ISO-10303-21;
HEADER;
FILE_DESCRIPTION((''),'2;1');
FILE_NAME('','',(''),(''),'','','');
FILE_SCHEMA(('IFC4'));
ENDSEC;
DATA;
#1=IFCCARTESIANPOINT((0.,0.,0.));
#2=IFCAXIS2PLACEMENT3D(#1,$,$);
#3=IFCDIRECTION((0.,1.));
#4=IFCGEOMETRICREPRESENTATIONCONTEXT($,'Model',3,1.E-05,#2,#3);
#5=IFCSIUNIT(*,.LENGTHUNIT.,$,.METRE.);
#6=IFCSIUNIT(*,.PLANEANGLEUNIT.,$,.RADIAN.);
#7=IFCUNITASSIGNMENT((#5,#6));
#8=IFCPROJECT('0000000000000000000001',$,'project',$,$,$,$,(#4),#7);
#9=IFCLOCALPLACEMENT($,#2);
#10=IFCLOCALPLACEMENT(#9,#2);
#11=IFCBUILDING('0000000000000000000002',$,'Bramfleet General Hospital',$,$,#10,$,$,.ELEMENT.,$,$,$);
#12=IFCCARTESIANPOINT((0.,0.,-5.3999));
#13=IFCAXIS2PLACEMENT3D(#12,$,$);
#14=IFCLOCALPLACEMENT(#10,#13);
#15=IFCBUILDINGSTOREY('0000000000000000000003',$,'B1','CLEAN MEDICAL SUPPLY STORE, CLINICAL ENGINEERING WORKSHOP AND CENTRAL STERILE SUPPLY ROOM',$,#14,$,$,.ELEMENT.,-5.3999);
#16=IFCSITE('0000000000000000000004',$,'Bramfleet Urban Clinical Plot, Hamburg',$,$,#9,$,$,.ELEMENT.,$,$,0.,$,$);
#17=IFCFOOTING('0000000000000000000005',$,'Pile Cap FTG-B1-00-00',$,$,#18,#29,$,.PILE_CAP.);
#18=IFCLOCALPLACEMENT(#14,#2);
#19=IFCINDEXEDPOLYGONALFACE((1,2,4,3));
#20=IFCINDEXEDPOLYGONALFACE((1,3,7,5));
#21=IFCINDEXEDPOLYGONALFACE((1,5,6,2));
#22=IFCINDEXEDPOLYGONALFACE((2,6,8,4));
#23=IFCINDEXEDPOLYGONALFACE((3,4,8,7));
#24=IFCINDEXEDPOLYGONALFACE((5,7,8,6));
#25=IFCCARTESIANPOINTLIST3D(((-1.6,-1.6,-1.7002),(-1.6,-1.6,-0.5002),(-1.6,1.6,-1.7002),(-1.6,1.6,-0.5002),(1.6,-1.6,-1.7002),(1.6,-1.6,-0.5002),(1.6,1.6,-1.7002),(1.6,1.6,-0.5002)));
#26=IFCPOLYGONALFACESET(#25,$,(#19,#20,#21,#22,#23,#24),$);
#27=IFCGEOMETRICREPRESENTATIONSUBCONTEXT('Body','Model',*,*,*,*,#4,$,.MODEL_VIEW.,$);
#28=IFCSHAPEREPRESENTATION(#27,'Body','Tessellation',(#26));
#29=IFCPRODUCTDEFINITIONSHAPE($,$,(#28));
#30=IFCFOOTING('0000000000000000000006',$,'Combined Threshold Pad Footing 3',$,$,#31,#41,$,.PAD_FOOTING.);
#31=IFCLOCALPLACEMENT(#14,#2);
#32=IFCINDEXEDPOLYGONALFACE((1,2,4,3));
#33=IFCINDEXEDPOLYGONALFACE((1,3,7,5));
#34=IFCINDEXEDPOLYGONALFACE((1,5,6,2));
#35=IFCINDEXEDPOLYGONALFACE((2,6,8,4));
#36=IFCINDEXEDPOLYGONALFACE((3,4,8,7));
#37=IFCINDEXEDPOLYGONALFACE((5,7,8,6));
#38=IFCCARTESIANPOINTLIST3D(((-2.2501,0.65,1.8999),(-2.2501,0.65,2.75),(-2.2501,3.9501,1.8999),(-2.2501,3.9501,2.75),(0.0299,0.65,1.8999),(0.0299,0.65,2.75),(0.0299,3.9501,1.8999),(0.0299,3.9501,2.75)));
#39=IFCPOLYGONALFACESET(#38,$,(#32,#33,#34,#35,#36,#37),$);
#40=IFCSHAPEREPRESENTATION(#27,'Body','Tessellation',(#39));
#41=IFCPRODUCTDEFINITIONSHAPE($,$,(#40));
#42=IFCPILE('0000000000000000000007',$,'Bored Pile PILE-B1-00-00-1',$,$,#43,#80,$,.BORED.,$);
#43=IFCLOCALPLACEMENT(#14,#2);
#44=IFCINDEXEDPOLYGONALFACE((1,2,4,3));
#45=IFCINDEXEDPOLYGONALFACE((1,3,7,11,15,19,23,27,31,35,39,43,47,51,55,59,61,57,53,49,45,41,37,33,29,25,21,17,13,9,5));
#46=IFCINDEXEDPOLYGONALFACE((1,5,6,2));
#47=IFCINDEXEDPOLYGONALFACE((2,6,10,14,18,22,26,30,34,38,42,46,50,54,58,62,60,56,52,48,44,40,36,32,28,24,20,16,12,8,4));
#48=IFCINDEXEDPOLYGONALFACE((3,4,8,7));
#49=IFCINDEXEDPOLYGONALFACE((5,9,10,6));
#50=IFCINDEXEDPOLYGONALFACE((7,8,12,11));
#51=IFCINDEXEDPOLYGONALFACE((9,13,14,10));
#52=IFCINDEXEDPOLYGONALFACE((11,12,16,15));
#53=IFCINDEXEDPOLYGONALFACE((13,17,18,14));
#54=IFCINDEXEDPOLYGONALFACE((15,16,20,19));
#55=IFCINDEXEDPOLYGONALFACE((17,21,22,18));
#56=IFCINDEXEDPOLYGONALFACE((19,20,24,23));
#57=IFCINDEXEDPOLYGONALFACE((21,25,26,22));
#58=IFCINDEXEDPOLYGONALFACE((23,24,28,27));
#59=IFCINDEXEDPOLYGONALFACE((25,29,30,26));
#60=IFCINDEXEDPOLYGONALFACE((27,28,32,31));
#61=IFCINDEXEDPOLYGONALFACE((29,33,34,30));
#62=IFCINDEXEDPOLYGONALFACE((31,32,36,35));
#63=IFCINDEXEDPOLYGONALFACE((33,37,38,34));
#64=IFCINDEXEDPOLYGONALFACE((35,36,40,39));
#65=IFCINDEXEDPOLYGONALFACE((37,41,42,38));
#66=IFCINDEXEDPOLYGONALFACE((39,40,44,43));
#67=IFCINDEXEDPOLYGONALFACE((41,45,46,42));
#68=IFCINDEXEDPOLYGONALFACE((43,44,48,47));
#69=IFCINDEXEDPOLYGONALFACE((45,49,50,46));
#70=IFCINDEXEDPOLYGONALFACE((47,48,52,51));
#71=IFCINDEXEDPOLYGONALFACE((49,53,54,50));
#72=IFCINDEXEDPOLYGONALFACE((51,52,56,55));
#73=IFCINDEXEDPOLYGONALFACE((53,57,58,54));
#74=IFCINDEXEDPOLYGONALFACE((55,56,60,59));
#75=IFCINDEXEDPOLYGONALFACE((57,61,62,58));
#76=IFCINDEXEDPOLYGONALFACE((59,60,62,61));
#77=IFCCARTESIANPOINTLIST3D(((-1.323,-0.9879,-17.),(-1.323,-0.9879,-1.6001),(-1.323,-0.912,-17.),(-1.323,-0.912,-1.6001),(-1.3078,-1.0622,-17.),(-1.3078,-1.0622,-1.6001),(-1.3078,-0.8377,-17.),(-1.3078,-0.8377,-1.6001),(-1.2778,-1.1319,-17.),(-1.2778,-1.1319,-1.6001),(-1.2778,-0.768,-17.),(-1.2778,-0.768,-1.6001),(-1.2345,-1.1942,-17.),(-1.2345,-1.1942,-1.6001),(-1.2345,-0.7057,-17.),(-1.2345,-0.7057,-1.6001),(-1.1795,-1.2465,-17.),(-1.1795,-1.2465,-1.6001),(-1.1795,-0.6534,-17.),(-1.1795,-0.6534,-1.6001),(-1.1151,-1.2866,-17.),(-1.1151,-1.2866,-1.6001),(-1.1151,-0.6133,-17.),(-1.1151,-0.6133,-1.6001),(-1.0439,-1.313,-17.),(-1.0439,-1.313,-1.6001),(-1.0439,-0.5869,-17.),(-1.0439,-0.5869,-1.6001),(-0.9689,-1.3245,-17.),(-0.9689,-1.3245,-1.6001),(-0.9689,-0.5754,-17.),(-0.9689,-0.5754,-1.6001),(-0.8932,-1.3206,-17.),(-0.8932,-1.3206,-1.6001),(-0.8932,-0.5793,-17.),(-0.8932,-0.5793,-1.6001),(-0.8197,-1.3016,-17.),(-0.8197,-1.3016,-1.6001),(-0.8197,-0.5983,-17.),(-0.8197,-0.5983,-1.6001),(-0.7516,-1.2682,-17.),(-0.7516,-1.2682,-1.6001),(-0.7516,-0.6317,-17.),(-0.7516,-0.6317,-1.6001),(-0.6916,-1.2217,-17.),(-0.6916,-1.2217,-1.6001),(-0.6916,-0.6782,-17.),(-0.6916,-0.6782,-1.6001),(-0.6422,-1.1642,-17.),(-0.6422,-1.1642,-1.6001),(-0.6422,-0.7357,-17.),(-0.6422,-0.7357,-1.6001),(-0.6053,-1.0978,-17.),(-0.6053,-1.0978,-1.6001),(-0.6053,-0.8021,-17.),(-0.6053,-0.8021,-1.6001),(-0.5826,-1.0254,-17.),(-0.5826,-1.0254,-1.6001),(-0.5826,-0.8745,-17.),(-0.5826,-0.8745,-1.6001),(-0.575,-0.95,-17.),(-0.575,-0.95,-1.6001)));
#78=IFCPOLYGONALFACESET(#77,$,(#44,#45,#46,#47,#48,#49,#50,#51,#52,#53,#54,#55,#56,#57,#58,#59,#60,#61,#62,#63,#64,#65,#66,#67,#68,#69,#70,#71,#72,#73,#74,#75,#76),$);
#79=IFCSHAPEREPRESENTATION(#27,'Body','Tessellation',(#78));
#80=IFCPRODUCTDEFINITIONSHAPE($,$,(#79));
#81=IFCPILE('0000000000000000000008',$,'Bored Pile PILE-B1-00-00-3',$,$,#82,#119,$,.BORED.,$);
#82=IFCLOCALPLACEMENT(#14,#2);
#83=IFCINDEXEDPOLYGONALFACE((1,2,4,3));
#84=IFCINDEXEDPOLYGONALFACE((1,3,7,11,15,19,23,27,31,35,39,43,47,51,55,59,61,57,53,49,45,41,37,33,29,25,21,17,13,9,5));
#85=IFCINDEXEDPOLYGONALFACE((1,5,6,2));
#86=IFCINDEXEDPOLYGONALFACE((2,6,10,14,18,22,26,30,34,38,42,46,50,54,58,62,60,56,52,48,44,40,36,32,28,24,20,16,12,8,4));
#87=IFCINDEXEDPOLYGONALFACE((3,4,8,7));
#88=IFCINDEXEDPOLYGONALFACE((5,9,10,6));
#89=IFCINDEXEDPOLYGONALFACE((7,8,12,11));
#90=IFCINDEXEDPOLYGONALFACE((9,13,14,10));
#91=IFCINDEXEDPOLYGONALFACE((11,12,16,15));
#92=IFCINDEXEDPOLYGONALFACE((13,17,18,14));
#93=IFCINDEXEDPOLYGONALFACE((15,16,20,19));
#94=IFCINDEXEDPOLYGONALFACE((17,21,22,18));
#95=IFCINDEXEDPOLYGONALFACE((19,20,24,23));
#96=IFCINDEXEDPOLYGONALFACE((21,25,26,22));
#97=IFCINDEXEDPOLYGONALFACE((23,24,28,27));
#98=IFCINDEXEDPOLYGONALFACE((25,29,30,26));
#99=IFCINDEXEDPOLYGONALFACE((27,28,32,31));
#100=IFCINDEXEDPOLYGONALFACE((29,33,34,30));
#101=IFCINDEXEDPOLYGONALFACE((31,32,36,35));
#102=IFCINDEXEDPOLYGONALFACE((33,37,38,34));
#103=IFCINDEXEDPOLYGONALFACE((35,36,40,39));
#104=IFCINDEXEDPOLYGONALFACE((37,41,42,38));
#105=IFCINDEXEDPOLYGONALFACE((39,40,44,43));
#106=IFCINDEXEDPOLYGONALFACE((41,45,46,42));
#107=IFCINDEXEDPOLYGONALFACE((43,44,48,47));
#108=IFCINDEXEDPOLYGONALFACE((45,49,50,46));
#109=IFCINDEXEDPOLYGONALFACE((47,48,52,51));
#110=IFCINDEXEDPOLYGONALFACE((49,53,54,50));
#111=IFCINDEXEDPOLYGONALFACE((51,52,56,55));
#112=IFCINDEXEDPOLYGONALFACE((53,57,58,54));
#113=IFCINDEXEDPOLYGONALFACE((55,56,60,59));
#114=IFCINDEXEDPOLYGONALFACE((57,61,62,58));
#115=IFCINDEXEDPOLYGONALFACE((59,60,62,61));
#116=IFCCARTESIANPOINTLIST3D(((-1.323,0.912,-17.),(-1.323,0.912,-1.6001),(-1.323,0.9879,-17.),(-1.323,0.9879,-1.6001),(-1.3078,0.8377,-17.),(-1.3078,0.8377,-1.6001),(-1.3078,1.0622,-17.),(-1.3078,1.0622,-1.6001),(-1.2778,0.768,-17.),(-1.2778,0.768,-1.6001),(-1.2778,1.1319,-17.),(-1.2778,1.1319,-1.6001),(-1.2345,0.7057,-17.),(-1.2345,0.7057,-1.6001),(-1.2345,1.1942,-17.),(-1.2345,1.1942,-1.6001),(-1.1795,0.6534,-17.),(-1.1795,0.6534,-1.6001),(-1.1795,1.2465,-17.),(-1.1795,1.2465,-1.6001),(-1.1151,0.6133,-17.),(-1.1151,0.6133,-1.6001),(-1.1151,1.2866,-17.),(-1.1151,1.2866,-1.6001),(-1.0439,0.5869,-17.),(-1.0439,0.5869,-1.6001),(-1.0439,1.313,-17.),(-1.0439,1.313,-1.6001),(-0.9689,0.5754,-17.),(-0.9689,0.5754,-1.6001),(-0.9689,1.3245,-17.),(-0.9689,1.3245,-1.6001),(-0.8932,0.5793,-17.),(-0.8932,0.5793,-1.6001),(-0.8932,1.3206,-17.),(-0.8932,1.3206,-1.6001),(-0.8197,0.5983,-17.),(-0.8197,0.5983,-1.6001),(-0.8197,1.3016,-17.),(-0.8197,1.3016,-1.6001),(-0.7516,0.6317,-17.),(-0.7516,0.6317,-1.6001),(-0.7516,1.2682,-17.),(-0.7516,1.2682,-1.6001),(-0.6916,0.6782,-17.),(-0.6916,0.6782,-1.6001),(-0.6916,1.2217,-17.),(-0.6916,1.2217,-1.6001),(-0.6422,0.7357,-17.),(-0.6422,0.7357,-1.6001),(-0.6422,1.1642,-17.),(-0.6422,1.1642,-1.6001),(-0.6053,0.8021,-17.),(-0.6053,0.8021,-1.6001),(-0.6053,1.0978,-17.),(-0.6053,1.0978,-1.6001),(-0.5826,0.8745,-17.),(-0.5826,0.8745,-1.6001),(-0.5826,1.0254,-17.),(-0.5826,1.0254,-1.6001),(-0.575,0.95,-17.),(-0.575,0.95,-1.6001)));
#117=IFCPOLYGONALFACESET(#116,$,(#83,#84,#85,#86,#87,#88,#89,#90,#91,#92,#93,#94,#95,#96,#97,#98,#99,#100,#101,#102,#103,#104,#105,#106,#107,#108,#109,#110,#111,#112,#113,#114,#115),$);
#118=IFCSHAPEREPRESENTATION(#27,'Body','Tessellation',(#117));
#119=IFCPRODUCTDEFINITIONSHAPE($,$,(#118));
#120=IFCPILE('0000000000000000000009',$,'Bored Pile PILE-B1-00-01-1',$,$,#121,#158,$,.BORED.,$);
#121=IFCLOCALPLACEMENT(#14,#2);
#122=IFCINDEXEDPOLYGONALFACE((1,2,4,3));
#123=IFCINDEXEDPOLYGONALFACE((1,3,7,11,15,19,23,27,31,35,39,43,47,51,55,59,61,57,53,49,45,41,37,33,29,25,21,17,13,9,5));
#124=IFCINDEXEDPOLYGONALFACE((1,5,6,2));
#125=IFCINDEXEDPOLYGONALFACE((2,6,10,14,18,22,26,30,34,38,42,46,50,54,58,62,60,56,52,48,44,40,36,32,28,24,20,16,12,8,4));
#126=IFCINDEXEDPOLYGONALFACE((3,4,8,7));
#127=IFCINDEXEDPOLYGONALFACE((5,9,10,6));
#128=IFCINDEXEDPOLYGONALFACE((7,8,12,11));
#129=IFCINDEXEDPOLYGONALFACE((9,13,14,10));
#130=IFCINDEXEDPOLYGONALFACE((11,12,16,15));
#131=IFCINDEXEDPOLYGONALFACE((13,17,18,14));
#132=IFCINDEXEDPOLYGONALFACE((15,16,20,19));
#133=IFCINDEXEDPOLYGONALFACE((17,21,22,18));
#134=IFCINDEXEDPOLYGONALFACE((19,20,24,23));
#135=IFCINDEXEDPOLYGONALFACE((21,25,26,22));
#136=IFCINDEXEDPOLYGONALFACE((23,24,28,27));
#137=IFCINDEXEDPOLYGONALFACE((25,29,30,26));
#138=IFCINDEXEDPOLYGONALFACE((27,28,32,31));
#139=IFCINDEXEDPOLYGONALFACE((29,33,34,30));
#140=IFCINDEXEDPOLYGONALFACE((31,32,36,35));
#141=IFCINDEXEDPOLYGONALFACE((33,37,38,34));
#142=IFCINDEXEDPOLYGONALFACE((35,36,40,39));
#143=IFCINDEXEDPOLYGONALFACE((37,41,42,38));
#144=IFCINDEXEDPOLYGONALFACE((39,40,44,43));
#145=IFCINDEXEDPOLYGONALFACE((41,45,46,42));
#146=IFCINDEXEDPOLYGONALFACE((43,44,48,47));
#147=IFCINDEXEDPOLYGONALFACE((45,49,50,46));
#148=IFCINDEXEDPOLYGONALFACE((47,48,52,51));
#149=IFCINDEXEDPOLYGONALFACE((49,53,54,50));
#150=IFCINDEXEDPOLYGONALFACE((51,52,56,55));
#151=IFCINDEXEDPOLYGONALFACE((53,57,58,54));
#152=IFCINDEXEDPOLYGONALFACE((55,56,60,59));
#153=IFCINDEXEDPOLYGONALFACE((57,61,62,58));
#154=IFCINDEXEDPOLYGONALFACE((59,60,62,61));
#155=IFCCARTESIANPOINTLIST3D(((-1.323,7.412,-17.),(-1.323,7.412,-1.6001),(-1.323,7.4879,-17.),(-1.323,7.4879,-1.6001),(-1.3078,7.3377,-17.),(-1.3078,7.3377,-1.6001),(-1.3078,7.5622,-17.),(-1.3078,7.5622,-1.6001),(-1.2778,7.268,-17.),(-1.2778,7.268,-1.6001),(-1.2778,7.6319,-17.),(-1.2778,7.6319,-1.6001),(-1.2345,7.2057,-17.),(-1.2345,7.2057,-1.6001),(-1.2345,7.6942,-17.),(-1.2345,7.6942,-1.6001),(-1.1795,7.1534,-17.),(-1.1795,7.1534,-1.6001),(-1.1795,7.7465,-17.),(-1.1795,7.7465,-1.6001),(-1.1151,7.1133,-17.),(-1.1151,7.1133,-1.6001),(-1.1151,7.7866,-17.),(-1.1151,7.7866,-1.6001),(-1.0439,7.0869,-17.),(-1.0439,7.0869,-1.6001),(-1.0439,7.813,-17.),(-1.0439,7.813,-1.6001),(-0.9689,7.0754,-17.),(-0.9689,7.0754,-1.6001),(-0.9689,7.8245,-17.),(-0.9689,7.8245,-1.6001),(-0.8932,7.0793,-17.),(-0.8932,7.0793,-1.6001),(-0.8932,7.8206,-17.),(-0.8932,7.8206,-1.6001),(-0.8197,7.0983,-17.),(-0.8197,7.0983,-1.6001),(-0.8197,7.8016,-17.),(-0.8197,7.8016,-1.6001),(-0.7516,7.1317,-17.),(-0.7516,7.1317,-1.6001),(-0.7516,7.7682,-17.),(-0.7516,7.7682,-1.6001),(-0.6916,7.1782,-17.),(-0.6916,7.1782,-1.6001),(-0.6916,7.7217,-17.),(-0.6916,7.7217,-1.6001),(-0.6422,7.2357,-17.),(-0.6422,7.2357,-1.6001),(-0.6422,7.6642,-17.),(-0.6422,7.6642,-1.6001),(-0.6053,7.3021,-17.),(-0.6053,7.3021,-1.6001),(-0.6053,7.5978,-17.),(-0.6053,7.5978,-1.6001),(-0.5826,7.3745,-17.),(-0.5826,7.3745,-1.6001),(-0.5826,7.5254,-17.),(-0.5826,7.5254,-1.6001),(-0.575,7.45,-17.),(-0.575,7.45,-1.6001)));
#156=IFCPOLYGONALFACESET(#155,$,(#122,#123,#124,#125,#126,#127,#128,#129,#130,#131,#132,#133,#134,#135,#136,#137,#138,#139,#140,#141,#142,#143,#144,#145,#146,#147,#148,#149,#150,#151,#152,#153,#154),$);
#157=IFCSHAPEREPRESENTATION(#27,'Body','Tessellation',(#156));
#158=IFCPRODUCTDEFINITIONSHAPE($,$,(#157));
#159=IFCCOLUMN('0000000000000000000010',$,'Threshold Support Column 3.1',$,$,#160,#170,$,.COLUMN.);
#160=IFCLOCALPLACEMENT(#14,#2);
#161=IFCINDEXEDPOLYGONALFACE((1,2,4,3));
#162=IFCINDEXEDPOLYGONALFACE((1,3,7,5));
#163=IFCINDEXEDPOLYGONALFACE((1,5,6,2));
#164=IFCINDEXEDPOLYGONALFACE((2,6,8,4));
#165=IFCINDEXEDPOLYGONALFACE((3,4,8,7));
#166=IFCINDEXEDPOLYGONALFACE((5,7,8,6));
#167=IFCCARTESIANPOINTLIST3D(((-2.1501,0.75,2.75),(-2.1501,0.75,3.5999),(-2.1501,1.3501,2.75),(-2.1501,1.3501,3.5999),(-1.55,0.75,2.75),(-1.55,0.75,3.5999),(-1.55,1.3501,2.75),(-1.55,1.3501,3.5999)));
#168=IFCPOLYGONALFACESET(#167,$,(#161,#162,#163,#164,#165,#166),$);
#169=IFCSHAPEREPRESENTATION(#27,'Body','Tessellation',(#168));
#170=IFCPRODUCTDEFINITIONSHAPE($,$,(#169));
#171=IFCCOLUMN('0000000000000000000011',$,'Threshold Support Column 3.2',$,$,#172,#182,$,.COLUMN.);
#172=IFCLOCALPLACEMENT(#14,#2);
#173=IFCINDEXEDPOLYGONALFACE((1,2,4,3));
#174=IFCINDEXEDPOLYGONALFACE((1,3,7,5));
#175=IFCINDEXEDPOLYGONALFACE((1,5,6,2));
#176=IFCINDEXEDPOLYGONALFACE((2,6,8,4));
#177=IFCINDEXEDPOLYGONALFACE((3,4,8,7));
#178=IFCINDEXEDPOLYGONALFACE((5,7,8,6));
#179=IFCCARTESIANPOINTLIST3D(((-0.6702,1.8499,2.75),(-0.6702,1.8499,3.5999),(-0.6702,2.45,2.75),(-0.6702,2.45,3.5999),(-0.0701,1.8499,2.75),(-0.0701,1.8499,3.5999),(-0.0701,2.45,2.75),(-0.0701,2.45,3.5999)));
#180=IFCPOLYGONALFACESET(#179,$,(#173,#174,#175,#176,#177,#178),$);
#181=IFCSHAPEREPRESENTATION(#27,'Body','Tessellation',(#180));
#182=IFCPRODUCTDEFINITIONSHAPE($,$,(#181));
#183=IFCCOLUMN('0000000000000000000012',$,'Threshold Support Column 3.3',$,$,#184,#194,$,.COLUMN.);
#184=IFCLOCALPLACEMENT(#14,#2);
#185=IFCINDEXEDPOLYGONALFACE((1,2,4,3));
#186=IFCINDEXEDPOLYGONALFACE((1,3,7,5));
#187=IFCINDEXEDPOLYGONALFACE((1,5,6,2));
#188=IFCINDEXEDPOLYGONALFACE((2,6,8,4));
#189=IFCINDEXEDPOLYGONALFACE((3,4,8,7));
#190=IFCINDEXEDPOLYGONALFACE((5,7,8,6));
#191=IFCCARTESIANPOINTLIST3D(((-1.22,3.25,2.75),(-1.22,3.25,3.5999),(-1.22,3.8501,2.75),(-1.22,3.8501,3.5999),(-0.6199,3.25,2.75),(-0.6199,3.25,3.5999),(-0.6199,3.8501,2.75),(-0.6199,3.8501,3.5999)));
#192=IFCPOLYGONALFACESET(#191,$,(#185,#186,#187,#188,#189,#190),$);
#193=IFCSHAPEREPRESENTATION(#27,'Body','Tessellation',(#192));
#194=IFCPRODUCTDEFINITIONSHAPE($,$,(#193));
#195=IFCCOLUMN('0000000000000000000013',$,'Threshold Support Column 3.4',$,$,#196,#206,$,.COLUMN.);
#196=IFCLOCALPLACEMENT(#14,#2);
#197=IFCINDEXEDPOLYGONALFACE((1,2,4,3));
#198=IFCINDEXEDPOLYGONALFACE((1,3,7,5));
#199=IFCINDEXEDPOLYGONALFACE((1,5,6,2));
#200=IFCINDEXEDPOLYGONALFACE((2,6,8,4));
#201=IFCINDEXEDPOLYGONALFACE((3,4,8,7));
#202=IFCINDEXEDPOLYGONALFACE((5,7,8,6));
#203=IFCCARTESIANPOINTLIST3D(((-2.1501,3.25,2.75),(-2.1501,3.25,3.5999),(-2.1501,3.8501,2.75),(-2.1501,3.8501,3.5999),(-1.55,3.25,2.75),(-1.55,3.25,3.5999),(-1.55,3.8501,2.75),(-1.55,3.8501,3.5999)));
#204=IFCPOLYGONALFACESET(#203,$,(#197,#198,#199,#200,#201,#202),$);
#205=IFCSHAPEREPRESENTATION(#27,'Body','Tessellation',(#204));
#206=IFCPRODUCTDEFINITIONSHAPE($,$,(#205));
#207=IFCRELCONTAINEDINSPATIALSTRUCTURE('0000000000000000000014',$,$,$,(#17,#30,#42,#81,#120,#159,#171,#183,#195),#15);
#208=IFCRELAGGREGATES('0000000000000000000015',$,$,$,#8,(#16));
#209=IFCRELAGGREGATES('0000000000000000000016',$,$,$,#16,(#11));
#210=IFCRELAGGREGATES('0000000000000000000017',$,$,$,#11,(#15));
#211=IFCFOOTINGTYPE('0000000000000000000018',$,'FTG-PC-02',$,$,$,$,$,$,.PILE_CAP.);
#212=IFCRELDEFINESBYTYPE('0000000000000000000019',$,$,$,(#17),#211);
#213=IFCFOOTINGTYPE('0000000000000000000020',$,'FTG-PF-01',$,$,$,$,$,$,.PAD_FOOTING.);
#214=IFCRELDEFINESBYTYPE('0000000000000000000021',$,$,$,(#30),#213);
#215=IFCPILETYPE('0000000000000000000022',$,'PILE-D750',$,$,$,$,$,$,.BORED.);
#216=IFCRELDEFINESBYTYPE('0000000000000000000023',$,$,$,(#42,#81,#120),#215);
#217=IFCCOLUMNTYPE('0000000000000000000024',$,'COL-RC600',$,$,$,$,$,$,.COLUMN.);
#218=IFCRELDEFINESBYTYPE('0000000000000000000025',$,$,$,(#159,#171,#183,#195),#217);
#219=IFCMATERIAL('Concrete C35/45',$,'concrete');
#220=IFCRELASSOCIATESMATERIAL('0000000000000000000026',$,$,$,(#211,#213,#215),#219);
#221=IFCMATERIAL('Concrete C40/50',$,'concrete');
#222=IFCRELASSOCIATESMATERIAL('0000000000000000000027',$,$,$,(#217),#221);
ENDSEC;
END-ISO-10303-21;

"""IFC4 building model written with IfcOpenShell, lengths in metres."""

from ifc_helpers import new_model, si_unit, direction, frame, origin, origin_2d, place, context, subcontext, project, spatial, rectangle, circle, extrude, material, material_profile, profile_set, type_object, element, save


model = new_model("IFC4")

# Units and contexts
model_context = context("Model", 3, precision=1e-05, world=origin(), true_north=direction((0.0, 1.0)))
body_context = subcontext(model_context, "Body", "Model", "MODEL_VIEW")
ifc_project = project(units=[si_unit("LENGTHUNIT", "METRE"), si_unit("PLANEANGLEUNIT", "RADIAN")], contexts=[model_context])

# Site, building, storey
site_placement = place(None, origin())
site = spatial("IfcSite", under=ifc_project, at=site_placement, Name="Bramfleet Urban Clinical Plot, Hamburg", CompositionType="ELEMENT", RefElevation=0.0)
building_placement = place(site_placement, origin())
building = spatial("IfcBuilding", under=site, at=building_placement, Name="Bramfleet General Hospital", CompositionType="ELEMENT")
storey_placement = place(building_placement, frame((0.0, 0.0, -5.3999)))
storey = spatial("IfcBuildingStorey", under=building, at=storey_placement, Name="B1", Description="CLEAN MEDICAL SUPPLY STORE, CLINICAL ENGINEERING WORKSHOP AND CENTRAL STERILE SUPPLY ROOM", CompositionType="ELEMENT", Elevation=-5.3999)

# Footings
ifc_material_1 = material(Name="Concrete C35/45", Category="concrete")
footing_type_1 = type_object("IfcFootingType", Name="FTG-PC-02", PredefinedType="PILE_CAP", material=ifc_material_1)
footing_1_placement = place(storey_placement, frame((0.0, 0.0, -1.7002), z_axis=(0.0, 0.0, 1.0), x_axis=(1.0, 0.0, 0.0)))
element("IfcFooting", 1, at=footing_1_placement, inside=storey, type_object=footing_type_1, Name="Pile Cap FTG-B1-00-00", PredefinedType="PILE_CAP", context=body_context, shape_type="SweptSolid", body=[
    extrude(rectangle(XDim=3.2, YDim=3.2, at=origin_2d()), origin(), (0.0, 0.0, 1.0), 1.2),
])
footing_type_2 = type_object("IfcFootingType", Name="FTG-PF-01", PredefinedType="PAD_FOOTING", material=ifc_material_1)
footing_2_placement = place(storey_placement, frame((-1.1101, 2.3, 1.8999), z_axis=(0.0, 0.0, 1.0), x_axis=(1.0, 0.0, 0.0)))
element("IfcFooting", 2, at=footing_2_placement, inside=storey, type_object=footing_type_2, Name="Combined Threshold Pad Footing 3", PredefinedType="PAD_FOOTING", context=body_context, shape_type="SweptSolid", body=[
    extrude(rectangle(XDim=2.28, YDim=3.3, at=origin_2d()), origin(), (0.0, 0.0, 1.0), 0.8501),
])

# Piles
ifc_material_profile_1 = material_profile(ifc_material_1, circle(Radius=0.375, at=origin_2d()), Name="PILE BORED D750")
ifc_profile_set_1 = profile_set([ifc_material_profile_1], Name="Concrete C35/45")
pile_type = type_object("IfcPileType", Name="PILE-D750", PredefinedType="BORED", material=ifc_profile_set_1)
for number, where, z_axis, x_axis, name in (
    (3, (-0.95, -0.95, -1.6001), (0.0, 0.0, -1.0), (1.0, 0.0, 0.0), "Bored Pile PILE-B1-00-00-1"),
    (4, (-0.95, 0.95, -1.6001), (0.0, 0.0, -1.0), (1.0, 0.0, 0.0), "Bored Pile PILE-B1-00-00-3"),
    (5, (-0.95, 7.45, -1.6001), (0.0, 0.0, -1.0), (1.0, 0.0, 0.0), "Bored Pile PILE-B1-00-01-1"),
):
    element("IfcPile", number, at=place(storey_placement, frame(where, z_axis=z_axis, x_axis=x_axis)), inside=storey, type_object=pile_type, Name=name, PredefinedType="BORED", context=body_context, shape_type="SweptSolid", body=[
        extrude(circle(Radius=0.375, at=origin_2d()), origin(), (0.0, 0.0, 1.0), 15.3999),
    ])

# Columns
ifc_material_2 = material(Name="Concrete C40/50", Category="concrete")
ifc_material_profile_2 = material_profile(ifc_material_2, rectangle(XDim=0.6001, YDim=0.6001, at=origin_2d()), Name="RC COL 600x600")
ifc_profile_set_2 = profile_set([ifc_material_profile_2], Name="Concrete C40/50")
column_type_1 = type_object("IfcColumnType", Name="COL-RC600", PredefinedType="COLUMN", material=ifc_profile_set_2)
for number, where, z_axis, x_axis, name in (
    (6, (-1.8501, 1.05, 2.75), (0.0, 0.0, 1.0), (1.0, 0.0, 0.0), "Threshold Support Column 3.1"),
    (7, (-0.3701, 2.1499, 2.75), (0.0, 0.0, 1.0), (1.0, 0.0, 0.0), "Threshold Support Column 3.2"),
    (8, (-0.9199, 3.55, 2.75), (0.0, 0.0, 1.0), (1.0, 0.0, 0.0), "Threshold Support Column 3.3"),
    (9, (-1.8501, 3.55, 2.75), (0.0, 0.0, 1.0), (1.0, 0.0, 0.0), "Threshold Support Column 3.4"),
):
    element("IfcColumn", number, at=place(storey_placement, frame(where, z_axis=z_axis, x_axis=x_axis)), inside=storey, type_object=column_type_1, Name=name, PredefinedType="COLUMN", context=body_context, shape_type="SweptSolid", body=[
        extrude(rectangle(XDim=0.6001, YDim=0.6001, at=origin_2d()), origin(), (0.0, 0.0, 1.0), 0.8499),
    ])

save(model, "model.ifc")
